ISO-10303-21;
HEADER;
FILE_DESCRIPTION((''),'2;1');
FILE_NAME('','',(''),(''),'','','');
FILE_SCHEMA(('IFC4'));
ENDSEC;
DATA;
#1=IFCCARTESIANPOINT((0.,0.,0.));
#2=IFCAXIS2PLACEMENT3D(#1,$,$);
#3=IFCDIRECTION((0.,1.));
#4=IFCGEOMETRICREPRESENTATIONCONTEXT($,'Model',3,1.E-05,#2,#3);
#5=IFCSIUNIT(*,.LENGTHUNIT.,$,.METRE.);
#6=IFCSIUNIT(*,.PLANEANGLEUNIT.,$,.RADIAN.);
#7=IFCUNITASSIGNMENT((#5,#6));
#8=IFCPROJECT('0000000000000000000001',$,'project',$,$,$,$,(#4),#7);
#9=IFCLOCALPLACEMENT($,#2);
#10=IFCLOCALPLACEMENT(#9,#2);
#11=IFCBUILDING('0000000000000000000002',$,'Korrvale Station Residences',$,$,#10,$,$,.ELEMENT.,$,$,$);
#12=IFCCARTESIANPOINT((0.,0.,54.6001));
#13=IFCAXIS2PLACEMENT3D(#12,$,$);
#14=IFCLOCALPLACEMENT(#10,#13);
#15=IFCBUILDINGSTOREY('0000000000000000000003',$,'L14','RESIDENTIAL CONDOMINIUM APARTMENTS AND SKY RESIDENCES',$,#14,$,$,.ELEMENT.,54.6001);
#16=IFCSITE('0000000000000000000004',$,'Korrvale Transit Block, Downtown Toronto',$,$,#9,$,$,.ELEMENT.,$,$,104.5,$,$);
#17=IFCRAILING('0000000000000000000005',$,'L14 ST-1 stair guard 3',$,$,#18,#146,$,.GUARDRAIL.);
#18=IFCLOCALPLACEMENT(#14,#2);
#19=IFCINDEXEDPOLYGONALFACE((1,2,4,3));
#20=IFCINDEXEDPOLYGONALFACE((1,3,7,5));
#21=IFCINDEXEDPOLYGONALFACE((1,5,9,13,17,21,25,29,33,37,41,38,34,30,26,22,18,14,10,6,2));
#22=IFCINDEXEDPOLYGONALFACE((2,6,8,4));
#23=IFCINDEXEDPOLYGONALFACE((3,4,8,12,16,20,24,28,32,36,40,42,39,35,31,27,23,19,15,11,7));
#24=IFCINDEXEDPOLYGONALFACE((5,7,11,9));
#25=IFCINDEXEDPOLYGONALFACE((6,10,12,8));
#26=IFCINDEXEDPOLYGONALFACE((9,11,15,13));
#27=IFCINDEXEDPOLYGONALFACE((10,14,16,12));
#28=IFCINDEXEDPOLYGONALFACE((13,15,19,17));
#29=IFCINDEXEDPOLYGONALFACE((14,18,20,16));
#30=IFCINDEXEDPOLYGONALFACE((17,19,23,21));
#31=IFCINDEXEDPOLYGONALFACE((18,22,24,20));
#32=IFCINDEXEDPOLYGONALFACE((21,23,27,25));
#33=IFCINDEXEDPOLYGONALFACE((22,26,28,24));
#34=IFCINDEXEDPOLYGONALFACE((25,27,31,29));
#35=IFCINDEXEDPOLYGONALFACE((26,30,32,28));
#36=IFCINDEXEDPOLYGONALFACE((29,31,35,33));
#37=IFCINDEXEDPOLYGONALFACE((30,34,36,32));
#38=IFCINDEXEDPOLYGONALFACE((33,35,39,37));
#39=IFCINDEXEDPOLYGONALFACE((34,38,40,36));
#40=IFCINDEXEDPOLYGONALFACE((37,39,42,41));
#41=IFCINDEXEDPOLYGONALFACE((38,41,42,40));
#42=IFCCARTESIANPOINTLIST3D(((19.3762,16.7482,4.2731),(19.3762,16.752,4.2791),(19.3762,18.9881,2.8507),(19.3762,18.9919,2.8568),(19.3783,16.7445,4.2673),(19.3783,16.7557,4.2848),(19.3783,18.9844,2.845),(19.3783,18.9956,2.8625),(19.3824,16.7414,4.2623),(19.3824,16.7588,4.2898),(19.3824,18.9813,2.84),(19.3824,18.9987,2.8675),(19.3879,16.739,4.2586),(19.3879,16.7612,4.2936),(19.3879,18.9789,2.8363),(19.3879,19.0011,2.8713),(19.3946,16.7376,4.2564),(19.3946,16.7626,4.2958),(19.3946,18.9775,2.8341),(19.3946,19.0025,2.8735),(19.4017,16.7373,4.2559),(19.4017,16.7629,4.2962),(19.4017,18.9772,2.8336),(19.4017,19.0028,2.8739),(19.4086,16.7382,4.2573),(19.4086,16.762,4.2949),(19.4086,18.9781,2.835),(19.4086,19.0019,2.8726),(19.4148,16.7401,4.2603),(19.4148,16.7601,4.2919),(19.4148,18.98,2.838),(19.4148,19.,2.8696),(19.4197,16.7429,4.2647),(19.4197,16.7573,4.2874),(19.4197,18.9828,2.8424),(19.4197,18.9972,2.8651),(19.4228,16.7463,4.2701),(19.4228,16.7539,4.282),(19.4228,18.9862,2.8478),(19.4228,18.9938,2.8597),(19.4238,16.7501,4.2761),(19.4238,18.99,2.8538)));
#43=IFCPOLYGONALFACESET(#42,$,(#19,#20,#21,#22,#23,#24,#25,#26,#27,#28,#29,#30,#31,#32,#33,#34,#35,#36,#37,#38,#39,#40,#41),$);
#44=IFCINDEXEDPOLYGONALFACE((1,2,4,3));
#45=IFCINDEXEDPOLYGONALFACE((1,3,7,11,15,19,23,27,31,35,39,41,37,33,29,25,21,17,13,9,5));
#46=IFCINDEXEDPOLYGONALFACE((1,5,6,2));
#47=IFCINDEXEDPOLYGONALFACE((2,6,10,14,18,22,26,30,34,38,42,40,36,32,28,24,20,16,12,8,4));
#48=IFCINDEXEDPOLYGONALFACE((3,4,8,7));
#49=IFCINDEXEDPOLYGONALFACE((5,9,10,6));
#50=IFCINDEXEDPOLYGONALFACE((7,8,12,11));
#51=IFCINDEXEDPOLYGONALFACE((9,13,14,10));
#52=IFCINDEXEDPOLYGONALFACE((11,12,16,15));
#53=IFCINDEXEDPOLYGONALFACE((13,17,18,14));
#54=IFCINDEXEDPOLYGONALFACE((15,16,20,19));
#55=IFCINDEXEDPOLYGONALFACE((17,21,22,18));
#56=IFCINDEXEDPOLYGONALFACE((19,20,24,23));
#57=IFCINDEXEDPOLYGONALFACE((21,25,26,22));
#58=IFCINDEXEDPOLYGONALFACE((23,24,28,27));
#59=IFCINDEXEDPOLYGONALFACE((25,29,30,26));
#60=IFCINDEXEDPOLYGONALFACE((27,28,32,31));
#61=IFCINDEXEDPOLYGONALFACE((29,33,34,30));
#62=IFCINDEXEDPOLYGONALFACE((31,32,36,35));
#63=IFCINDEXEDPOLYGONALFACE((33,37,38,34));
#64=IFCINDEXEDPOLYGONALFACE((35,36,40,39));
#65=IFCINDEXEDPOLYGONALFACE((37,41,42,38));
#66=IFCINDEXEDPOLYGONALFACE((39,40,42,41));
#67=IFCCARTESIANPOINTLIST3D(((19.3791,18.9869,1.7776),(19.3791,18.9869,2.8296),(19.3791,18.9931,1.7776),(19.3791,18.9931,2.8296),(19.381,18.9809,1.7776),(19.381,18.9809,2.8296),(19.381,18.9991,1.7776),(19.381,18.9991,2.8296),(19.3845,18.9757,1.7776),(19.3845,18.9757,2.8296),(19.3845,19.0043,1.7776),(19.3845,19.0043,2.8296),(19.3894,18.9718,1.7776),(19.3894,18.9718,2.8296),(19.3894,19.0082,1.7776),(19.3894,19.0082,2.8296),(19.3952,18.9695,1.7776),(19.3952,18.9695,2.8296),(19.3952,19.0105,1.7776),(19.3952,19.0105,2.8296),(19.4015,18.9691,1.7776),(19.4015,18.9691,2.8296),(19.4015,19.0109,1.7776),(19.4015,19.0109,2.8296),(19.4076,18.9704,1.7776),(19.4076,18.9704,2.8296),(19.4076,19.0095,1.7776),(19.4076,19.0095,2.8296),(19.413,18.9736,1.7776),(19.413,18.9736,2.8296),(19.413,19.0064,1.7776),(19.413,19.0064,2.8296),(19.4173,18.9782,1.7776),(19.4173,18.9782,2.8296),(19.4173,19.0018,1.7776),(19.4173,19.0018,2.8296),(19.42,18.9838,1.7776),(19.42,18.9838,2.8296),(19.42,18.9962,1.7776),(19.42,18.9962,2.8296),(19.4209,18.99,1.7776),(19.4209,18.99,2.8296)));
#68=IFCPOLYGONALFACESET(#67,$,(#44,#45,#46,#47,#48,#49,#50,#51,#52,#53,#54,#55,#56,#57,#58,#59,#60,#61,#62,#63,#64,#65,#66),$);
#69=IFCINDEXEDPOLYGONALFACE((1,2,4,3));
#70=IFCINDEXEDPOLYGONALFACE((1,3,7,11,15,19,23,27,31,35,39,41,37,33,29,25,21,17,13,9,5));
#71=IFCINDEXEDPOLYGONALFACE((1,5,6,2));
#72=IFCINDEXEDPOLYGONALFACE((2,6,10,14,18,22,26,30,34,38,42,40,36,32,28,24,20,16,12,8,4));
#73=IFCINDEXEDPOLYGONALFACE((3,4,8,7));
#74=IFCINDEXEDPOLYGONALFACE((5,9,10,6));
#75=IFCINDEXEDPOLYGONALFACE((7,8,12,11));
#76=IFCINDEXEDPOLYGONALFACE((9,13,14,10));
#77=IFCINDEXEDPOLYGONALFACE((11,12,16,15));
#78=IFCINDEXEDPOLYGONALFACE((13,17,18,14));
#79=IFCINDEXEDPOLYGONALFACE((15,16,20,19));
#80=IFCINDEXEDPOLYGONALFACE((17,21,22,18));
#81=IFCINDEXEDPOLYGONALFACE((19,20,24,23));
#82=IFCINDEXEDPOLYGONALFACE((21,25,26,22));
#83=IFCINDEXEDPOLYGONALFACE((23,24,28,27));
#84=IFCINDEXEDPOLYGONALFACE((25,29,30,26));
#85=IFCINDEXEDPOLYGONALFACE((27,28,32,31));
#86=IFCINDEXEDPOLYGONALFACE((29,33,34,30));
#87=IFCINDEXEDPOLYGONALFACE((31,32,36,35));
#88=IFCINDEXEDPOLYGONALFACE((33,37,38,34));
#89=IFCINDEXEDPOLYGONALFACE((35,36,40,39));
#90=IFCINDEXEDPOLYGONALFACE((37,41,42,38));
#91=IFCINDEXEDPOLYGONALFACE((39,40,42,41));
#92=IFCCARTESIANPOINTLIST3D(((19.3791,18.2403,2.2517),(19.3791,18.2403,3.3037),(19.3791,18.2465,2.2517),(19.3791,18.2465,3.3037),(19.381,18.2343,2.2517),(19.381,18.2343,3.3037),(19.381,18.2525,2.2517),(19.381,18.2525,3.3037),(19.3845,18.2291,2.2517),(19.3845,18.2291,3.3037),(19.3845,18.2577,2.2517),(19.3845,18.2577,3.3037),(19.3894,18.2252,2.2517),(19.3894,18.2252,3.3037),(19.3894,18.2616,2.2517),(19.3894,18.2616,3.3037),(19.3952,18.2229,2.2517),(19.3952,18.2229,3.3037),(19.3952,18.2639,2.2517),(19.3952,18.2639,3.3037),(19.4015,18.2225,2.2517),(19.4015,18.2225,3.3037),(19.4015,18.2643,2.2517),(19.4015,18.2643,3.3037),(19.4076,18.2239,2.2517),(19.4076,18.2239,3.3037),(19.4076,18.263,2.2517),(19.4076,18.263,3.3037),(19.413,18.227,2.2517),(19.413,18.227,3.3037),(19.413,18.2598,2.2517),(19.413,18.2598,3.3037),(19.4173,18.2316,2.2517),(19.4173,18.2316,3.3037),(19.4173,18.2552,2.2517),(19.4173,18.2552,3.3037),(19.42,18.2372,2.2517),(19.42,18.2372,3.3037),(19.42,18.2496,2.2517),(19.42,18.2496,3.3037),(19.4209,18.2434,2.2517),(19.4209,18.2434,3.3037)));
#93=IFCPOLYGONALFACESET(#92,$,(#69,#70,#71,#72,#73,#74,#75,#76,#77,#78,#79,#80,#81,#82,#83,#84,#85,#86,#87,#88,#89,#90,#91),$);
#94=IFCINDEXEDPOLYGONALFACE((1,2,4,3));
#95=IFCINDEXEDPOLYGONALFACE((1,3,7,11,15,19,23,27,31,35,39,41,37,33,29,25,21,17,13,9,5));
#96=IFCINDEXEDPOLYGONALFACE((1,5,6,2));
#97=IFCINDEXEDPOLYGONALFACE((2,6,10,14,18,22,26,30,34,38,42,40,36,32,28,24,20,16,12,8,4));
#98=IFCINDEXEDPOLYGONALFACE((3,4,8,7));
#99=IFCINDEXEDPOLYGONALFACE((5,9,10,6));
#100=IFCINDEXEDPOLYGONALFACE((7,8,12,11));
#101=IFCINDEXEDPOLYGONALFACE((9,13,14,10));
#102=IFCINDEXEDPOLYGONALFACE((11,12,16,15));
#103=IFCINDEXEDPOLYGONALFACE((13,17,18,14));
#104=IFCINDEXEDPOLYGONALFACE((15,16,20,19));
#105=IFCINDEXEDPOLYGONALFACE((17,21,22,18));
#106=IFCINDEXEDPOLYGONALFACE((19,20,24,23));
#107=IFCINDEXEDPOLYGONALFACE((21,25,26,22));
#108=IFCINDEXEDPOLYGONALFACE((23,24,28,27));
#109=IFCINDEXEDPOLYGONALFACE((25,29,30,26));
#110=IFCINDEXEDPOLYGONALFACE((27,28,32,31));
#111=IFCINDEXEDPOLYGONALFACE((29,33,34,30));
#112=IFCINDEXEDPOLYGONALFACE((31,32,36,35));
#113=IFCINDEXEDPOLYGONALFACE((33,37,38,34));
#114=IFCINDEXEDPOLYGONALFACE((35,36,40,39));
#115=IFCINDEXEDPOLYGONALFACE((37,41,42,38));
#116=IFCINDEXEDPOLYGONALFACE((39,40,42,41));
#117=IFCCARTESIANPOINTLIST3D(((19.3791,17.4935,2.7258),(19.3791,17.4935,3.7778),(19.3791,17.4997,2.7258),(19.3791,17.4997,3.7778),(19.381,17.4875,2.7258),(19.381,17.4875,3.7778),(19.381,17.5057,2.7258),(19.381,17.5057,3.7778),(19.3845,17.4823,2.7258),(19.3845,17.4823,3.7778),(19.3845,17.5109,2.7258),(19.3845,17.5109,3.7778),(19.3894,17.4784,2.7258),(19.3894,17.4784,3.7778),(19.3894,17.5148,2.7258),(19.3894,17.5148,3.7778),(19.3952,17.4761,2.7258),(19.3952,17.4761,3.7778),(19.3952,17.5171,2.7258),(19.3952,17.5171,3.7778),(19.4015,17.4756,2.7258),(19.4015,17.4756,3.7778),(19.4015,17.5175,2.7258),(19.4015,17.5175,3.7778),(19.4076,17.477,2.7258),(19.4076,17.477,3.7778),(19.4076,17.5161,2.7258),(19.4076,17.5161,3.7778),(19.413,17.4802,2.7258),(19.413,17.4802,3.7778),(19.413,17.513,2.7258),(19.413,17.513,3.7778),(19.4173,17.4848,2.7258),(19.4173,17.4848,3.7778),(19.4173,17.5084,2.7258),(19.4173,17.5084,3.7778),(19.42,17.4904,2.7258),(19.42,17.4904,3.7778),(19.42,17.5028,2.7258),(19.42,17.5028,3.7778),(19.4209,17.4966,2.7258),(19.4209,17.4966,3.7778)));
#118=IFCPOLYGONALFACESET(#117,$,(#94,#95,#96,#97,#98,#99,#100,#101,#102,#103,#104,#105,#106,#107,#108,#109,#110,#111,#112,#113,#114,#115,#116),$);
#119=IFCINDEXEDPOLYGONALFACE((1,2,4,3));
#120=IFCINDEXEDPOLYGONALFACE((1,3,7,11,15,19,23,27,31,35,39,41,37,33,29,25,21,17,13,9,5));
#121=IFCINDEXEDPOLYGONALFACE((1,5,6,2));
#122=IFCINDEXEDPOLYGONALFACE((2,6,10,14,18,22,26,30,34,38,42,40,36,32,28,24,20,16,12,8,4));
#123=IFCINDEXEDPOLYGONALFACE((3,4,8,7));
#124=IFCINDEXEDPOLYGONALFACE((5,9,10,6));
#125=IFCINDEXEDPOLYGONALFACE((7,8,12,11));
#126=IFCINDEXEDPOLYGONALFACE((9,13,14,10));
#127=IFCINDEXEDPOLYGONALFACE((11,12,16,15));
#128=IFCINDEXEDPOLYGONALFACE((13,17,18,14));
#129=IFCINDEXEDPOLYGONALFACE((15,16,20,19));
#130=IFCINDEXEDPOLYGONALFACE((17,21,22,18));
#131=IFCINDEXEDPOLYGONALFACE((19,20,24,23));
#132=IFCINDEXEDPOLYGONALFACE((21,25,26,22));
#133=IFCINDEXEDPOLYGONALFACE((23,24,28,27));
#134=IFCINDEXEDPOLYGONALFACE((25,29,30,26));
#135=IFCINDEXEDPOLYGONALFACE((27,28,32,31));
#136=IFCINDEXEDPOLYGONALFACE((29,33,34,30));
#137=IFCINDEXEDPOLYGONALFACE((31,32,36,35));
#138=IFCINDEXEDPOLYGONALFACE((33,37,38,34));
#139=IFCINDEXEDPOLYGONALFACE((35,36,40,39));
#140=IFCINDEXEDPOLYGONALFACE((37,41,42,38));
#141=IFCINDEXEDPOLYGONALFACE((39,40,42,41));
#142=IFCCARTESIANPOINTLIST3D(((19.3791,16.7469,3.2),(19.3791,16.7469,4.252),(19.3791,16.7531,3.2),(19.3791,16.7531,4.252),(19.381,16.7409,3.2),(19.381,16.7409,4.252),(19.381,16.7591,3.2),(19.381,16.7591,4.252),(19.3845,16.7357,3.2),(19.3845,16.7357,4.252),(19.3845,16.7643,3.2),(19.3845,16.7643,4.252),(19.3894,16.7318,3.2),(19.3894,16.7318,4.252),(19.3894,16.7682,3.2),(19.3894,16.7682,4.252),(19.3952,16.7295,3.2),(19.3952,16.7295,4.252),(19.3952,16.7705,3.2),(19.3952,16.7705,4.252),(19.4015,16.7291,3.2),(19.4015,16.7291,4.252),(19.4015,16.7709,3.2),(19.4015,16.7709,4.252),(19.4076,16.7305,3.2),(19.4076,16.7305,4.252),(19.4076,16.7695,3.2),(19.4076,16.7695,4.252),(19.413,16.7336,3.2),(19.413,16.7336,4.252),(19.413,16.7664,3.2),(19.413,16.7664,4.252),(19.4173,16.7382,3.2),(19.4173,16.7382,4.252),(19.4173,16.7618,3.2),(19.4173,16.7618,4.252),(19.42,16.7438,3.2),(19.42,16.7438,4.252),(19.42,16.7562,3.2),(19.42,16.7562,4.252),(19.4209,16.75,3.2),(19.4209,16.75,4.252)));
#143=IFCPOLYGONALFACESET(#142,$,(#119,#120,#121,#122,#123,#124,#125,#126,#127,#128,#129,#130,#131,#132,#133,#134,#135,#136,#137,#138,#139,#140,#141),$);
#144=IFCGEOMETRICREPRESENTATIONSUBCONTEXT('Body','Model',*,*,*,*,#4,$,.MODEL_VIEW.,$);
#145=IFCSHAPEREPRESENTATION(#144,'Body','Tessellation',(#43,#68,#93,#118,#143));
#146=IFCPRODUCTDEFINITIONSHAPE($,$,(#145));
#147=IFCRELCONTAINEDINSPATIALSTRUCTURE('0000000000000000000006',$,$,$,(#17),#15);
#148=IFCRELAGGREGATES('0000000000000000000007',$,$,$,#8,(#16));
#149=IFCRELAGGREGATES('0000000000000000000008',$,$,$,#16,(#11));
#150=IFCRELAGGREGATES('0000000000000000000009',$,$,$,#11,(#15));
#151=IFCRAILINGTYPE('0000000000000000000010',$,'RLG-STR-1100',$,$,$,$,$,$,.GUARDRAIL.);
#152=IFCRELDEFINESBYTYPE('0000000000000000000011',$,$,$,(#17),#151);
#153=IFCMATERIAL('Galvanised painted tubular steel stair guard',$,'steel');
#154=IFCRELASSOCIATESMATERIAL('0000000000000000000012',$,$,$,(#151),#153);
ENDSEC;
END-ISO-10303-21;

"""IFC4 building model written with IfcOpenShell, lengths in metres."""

from ifc_helpers import new_model, si_unit, direction, frame, origin, origin_2d, place, context, subcontext, project, spatial, circle, extrude, material, type_object, element, save


model = new_model("IFC4")

# Units and contexts
model_context = context("Model", 3, precision=1e-05, world=origin(), true_north=direction((0.0, 1.0)))
body_context = subcontext(model_context, "Body", "Model", "MODEL_VIEW")
ifc_project = project(units=[si_unit("LENGTHUNIT", "METRE"), si_unit("PLANEANGLEUNIT", "RADIAN")], contexts=[model_context])

# Site, building, storey
site_placement = place(None, origin())
site = spatial("IfcSite", under=ifc_project, at=site_placement, Name="Korrvale Transit Block, Downtown Toronto", CompositionType="ELEMENT", RefElevation=104.5)
building_placement = place(site_placement, origin())
building = spatial("IfcBuilding", under=site, at=building_placement, Name="Korrvale Station Residences", CompositionType="ELEMENT")
storey_placement = place(building_placement, frame((0.0, 0.0, 54.6001)))
storey = spatial("IfcBuildingStorey", under=building, at=storey_placement, Name="L14", Description="RESIDENTIAL CONDOMINIUM APARTMENTS AND SKY RESIDENCES", CompositionType="ELEMENT", Elevation=54.6001)

# Railing
ifc_material_1 = material(Name="Galvanised painted tubular steel stair guard", Category="steel")
railing_type_1 = type_object("IfcRailingType", Name="RLG-STR-1100", PredefinedType="GUARDRAIL", material=ifc_material_1)
railing_1_placement = place(storey_placement, frame((19.3999, 18.99, 1.7776)))
element("IfcRailing", 1, at=railing_1_placement, inside=storey, type_object=railing_type_1, Name="L14 ST-1 stair guard 3", PredefinedType="GUARDRAIL", context=body_context, shape_type="SweptSolid", body=[
    extrude(circle(Radius=0.0239, at=origin_2d()), frame((0.0, 0.0, 1.0762), z_axis=(0.0, -0.844188, 0.536048), x_axis=(1.0, 0.0, 0.0)), (0.0, 0.0, 1.0), 2.6533),
    extrude(circle(Radius=0.021, at=origin_2d()), origin(), (0.0, 0.0, 1.0), 1.052),
    extrude(circle(Radius=0.021, at=origin_2d()), frame((0.0, -0.7466, 0.4741)), (0.0, 0.0, 1.0), 1.052),
    extrude(circle(Radius=0.021, at=origin_2d()), frame((0.0, -1.4934, 0.9482)), (0.0, 0.0, 1.0), 1.052),
    extrude(circle(Radius=0.021, at=origin_2d()), frame((0.0, -2.24, 1.4224)), (0.0, 0.0, 1.0), 1.052),
])

save(model, "model.ifc")
